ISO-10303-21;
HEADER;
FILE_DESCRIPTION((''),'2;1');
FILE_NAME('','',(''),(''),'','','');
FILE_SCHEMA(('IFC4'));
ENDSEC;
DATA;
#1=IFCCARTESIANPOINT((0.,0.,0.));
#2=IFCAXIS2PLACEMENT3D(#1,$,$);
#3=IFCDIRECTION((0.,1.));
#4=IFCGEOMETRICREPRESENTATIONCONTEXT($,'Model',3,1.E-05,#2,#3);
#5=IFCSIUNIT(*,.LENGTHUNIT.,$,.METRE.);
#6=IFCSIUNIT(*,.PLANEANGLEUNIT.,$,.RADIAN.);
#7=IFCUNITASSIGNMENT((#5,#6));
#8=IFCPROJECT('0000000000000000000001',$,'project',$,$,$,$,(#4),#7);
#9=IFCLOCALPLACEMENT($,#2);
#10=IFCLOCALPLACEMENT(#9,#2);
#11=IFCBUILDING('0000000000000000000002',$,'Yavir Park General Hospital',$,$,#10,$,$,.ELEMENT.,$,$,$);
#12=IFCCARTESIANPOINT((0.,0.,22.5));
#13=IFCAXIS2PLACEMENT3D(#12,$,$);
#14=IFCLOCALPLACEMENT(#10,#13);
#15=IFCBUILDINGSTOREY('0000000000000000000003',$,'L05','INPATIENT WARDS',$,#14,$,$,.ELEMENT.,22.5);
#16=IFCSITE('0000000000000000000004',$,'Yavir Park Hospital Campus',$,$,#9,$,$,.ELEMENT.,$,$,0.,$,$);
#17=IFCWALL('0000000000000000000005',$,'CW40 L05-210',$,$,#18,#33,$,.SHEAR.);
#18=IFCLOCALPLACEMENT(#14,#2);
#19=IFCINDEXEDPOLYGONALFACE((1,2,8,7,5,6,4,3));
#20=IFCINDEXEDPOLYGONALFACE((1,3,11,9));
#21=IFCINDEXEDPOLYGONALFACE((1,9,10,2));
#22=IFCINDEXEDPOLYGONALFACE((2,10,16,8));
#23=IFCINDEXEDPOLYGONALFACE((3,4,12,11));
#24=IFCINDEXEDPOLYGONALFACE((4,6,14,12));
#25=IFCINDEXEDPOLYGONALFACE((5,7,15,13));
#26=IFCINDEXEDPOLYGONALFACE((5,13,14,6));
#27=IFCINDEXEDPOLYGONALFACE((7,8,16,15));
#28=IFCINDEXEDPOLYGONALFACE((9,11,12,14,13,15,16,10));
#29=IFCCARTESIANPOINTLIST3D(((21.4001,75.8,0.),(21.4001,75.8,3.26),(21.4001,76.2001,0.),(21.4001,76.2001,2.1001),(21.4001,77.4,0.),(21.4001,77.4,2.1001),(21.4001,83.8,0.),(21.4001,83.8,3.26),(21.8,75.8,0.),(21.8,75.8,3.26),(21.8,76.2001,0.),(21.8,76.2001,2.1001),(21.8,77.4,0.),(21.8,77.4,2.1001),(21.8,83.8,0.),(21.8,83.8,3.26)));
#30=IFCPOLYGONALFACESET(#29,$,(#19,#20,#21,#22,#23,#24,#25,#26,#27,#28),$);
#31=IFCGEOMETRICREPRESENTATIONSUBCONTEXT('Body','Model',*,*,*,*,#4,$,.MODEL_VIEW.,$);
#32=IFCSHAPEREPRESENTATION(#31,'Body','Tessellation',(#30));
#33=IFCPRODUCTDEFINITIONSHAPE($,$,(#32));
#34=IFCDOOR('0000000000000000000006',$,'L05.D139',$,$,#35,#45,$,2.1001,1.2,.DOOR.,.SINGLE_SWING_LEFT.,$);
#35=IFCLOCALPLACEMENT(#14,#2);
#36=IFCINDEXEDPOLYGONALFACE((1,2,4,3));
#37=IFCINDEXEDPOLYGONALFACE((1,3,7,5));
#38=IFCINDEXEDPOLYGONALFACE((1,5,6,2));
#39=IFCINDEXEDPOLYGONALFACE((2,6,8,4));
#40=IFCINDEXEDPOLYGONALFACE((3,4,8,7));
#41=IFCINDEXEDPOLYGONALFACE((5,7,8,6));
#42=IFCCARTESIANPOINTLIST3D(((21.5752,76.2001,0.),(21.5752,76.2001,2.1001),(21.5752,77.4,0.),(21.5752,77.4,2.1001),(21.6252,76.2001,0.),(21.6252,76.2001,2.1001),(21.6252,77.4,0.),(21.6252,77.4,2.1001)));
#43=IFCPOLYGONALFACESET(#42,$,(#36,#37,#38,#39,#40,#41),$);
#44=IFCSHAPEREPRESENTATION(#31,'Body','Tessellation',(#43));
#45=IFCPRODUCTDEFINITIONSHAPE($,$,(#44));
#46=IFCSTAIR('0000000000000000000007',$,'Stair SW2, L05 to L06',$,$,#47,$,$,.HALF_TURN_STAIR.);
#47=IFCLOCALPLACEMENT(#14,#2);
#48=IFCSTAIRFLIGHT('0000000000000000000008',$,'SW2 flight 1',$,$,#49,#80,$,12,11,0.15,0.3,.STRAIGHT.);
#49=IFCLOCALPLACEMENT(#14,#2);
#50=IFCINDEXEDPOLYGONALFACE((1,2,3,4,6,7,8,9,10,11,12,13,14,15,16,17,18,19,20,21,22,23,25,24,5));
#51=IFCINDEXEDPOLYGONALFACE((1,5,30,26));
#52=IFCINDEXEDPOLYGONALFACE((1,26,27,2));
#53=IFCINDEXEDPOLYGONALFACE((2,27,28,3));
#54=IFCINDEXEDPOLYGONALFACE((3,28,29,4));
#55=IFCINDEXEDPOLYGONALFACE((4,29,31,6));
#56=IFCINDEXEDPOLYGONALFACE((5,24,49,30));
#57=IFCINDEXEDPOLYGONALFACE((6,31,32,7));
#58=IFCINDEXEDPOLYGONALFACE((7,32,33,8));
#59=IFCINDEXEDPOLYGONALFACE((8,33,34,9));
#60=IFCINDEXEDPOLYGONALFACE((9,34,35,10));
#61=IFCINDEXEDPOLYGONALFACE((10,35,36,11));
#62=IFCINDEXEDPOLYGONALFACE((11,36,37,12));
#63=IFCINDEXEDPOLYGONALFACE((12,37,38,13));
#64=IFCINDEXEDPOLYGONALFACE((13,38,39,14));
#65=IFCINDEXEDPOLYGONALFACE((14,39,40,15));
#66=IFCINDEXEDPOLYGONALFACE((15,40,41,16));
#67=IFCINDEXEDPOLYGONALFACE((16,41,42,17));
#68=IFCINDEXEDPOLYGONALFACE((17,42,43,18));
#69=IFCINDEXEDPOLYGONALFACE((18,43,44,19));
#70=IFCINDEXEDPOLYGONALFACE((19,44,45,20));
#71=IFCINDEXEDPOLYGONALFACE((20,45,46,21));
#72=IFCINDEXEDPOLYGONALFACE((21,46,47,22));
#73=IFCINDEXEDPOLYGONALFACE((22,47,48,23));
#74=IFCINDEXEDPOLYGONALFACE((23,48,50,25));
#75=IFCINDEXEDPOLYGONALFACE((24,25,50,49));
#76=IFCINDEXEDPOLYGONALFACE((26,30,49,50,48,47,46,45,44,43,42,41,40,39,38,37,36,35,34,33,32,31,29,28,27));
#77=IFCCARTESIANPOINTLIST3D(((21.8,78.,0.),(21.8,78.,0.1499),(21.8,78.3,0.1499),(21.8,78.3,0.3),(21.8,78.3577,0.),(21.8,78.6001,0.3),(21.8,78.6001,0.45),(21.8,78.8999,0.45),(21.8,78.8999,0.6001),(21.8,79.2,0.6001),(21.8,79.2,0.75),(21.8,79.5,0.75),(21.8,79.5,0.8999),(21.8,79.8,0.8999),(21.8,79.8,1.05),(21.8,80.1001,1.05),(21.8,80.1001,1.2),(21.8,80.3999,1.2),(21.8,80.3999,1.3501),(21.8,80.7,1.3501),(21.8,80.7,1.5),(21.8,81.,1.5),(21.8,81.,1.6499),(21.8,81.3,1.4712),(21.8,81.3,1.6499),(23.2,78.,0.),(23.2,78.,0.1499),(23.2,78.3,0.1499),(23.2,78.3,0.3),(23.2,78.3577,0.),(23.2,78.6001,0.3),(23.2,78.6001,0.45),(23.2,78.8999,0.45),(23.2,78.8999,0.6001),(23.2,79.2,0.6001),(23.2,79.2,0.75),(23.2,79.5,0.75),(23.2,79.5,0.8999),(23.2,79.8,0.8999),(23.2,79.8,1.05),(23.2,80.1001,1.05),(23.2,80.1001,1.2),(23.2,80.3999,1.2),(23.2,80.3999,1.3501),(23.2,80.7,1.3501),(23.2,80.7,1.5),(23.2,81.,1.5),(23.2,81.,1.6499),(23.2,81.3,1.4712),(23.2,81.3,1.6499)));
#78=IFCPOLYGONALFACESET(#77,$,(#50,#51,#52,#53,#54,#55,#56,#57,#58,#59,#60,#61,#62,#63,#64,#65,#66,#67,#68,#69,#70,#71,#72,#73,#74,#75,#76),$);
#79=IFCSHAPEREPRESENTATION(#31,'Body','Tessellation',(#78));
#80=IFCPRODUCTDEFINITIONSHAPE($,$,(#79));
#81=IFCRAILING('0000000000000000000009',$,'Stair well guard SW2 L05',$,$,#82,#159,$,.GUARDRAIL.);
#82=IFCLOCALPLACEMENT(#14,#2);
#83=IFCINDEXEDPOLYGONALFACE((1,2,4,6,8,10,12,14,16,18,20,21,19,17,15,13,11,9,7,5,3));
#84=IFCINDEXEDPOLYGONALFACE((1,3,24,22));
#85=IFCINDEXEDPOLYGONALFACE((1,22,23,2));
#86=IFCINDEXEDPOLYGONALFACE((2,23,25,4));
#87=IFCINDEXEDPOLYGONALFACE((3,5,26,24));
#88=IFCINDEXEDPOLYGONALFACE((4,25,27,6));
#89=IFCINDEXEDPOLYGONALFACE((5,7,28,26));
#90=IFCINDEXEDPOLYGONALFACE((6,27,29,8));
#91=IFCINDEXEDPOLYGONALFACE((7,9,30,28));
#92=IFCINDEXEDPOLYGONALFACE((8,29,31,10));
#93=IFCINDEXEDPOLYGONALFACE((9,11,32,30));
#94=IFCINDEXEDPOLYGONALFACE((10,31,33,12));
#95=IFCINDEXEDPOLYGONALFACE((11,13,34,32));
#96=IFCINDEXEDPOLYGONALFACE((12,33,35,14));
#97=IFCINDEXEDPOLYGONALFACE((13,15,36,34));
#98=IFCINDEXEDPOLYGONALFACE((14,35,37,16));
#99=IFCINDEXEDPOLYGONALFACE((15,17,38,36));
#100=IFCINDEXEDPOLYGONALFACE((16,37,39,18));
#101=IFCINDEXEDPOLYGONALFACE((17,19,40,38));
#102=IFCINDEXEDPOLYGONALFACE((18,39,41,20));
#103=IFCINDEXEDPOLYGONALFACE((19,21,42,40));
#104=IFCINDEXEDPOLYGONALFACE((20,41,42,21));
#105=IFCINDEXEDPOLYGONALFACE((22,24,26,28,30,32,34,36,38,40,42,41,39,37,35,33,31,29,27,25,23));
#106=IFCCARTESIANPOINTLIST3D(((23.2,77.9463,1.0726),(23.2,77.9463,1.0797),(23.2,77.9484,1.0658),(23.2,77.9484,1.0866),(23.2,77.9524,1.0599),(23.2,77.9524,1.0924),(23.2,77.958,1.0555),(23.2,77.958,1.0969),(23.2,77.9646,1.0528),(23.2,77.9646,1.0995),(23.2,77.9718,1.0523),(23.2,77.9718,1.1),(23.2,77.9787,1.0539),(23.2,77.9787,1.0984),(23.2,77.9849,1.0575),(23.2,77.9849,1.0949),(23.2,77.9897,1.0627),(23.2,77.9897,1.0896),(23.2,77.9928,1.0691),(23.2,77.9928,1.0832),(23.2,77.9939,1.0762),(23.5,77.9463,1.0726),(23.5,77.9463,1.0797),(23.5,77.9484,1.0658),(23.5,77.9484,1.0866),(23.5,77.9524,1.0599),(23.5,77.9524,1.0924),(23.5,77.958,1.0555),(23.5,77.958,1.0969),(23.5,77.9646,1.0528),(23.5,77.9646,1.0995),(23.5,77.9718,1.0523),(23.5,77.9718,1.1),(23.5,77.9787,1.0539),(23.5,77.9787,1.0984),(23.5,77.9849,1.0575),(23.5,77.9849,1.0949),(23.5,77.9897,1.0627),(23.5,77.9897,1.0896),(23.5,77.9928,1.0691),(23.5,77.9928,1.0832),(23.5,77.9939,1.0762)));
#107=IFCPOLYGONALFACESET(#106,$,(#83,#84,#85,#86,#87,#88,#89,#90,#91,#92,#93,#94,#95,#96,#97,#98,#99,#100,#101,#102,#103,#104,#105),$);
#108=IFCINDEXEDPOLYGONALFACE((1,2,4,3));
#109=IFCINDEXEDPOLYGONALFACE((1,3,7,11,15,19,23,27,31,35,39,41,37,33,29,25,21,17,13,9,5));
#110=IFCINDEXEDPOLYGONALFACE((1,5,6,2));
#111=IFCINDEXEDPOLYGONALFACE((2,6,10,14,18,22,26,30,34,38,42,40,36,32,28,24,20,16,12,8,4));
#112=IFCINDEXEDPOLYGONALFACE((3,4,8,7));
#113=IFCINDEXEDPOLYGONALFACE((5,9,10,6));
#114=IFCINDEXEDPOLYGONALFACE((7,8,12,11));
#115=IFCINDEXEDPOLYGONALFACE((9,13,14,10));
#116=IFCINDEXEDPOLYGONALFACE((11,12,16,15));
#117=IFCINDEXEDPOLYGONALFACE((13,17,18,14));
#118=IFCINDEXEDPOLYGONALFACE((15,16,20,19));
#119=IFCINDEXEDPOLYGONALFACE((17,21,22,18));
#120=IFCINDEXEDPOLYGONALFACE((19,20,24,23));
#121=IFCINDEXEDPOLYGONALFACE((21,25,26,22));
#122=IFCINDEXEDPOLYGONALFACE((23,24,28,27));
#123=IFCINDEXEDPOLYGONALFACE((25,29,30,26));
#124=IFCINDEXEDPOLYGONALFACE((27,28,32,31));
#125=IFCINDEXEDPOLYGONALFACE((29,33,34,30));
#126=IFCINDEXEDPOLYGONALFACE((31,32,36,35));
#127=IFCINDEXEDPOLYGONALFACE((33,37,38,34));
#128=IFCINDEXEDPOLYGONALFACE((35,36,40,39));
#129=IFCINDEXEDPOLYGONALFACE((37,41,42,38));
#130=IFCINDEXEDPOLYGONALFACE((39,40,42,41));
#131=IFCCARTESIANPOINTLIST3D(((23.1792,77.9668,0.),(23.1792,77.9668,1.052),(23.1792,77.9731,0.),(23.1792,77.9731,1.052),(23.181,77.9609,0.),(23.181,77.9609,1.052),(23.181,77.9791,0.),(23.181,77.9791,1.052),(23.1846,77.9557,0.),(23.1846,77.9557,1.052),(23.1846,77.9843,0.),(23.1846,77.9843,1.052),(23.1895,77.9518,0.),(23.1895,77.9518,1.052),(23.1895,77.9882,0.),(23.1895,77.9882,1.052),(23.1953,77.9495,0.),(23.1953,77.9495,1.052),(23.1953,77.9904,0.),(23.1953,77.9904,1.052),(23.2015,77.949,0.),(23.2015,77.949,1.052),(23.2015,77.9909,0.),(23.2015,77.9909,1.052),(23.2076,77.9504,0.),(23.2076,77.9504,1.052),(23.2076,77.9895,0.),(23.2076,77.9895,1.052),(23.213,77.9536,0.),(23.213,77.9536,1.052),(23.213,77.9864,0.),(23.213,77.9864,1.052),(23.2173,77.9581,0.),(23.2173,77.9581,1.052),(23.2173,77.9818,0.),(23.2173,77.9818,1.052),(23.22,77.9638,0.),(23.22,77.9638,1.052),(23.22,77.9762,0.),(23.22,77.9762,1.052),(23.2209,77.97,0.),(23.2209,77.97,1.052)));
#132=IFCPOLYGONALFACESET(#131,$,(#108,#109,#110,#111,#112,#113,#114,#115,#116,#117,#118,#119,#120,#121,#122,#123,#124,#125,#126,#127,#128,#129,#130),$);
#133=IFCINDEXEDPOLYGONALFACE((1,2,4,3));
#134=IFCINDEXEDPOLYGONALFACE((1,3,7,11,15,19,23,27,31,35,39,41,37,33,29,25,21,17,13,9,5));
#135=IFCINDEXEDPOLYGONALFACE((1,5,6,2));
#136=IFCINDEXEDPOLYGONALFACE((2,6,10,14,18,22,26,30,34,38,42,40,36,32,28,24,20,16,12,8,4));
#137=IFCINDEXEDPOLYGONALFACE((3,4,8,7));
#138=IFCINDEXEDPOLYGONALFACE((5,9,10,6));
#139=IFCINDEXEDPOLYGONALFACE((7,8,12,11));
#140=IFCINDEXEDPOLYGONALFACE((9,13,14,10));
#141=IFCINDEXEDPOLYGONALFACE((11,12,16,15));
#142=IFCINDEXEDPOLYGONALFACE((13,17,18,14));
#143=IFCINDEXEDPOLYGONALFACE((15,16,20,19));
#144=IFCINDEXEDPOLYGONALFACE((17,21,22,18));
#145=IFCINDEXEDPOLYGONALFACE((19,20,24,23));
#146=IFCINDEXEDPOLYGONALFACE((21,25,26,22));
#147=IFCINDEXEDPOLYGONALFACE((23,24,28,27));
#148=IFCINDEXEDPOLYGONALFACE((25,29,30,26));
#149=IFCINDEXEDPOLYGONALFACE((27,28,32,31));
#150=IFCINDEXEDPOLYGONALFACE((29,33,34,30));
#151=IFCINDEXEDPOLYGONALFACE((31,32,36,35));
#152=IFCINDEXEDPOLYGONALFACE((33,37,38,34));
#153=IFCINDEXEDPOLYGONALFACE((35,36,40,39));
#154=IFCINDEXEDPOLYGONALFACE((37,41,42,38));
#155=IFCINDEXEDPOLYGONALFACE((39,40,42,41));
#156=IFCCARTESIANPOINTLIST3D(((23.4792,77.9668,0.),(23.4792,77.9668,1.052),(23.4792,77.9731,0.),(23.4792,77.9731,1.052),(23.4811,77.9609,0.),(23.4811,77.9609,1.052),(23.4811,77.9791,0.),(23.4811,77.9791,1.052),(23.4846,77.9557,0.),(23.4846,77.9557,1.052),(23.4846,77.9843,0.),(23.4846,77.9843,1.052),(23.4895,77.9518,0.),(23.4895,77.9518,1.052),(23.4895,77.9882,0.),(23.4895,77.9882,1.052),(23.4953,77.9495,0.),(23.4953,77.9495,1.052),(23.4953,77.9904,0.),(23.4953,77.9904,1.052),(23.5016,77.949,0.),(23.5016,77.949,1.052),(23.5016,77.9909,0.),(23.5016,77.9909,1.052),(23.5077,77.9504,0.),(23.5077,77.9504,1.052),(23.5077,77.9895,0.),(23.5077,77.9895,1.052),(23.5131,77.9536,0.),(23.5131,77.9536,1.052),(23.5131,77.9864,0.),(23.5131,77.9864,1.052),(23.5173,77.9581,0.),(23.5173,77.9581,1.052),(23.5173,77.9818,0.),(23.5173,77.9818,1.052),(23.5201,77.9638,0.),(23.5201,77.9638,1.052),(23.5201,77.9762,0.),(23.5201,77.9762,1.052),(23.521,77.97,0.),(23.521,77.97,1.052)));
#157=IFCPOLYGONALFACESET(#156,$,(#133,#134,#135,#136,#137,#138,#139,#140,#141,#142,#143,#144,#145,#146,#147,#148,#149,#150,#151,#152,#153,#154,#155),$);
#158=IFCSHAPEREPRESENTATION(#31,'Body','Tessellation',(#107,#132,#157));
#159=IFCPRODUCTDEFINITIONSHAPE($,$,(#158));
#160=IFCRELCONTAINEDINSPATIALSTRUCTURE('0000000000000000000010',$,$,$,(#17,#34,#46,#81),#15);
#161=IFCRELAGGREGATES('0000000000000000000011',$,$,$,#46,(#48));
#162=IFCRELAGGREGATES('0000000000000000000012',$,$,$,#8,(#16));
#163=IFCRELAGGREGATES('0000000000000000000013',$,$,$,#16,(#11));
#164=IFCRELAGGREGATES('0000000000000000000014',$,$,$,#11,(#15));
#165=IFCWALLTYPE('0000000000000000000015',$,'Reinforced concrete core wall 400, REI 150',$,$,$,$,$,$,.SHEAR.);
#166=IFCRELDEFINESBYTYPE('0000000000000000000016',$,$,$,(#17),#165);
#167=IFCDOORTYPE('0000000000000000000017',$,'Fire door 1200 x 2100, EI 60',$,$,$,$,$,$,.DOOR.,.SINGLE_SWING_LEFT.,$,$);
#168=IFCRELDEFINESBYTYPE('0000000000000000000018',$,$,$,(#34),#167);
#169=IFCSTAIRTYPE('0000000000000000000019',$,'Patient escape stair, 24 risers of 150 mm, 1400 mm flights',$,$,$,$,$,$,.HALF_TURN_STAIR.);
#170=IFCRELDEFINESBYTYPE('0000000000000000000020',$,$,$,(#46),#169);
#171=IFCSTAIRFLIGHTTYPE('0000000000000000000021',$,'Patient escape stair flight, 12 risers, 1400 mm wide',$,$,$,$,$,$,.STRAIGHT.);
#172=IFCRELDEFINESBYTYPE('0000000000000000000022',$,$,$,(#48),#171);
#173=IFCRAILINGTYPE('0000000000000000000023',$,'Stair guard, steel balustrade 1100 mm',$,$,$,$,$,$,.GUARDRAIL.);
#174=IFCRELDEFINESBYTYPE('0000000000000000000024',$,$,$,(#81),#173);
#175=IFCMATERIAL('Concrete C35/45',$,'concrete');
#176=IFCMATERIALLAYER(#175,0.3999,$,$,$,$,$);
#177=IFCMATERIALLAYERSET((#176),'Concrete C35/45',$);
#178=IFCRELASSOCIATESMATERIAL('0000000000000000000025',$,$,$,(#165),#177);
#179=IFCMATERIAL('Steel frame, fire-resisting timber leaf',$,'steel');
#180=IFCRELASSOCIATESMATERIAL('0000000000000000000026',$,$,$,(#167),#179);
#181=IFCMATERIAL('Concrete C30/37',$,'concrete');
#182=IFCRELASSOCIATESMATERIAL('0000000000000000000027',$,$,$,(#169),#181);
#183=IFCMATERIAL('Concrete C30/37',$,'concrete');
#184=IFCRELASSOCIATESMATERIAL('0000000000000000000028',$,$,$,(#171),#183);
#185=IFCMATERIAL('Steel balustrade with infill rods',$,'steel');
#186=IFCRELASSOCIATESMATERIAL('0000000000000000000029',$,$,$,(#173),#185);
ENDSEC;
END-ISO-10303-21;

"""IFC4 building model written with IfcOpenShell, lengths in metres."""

from ifc_helpers import new_model, si_unit, direction, frame, frame_2d, origin, origin_2d, place, context, subcontext, project, spatial, polyline, rectangle, circle, outline, extrude, material, layer, layer_set, type_object, element, fill, aggregate, save


model = new_model("IFC4")

# Units and contexts
model_context = context("Model", 3, precision=1e-05, world=origin(), true_north=direction((0.0, 1.0)))
body_context = subcontext(model_context, "Body", "Model", "MODEL_VIEW")
ifc_project = project(units=[si_unit("LENGTHUNIT", "METRE"), si_unit("PLANEANGLEUNIT", "RADIAN")], contexts=[model_context])

# Site, building, storey
site_placement = place(None, origin())
site = spatial("IfcSite", under=ifc_project, at=site_placement, Name="Yavir Park Hospital Campus", CompositionType="ELEMENT", RefElevation=0.0)
building_placement = place(site_placement, origin())
building = spatial("IfcBuilding", under=site, at=building_placement, Name="Yavir Park General Hospital", CompositionType="ELEMENT")
storey_placement = place(building_placement, frame((0.0, 0.0, 22.5)))
storey = spatial("IfcBuildingStorey", under=building, at=storey_placement, Name="L05", Description="INPATIENT WARDS", CompositionType="ELEMENT", Elevation=22.5)

# Shared definitions
ifc_material_1 = material(Name="Concrete C35/45", Category="concrete")
ifc_layer_1 = layer(ifc_material_1, 0.3999)
ifc_layer_set_1 = layer_set([ifc_layer_1], Name="Concrete C35/45")
wall_type_1 = type_object("IfcWallType", Name="Reinforced concrete core wall 400, REI 150", PredefinedType="SHEAR", material=ifc_layer_set_1)

# Wall, opening, door
wall_1_placement = place(storey_placement, frame((21.6001, 75.8, 0.0), z_axis=(0.0, 0.0, 1.0), x_axis=(0.0, 1.0, 0.0)))
wall_1 = element("IfcWall", 1, at=wall_1_placement, inside=storey, type_object=wall_type_1, Name="CW40 L05-210", PredefinedType="SHEAR", context=body_context, shape_type="SweptSolid", body=[
    extrude(rectangle(XDim=8.0, YDim=0.3999, at=frame_2d((4.0, 0.0))), origin(), (0.0, 0.0, 1.0), 3.26),
])
opening_1_placement = place(wall_1_placement, frame((0.3999, 0.0, 0.0)))
opening_1 = element("IfcOpeningElement", 2, at=opening_1_placement, cuts=wall_1, PredefinedType="OPENING", context=body_context, shape_type="SweptSolid", body=[
    extrude(rectangle(XDim=1.2, YDim=2.1001, at=frame_2d((0.6001, 1.05))), frame((0.0, 0.21, 0.0), z_axis=(0.0, -1.0, 0.0), x_axis=(1.0, 0.0, 0.0)), (0.0, 0.0, 1.0), 0.4199),
])
ifc_material_2 = material(Name="Steel frame, fire-resisting timber leaf", Category="steel")
door_type_1 = type_object("IfcDoorType", Name="Fire door 1200 x 2100, EI 60", OperationType="SINGLE_SWING_LEFT", PredefinedType="DOOR", material=ifc_material_2)
door_1_placement = place(opening_1_placement, origin())
door_1 = element("IfcDoor", 3, at=door_1_placement, inside=storey, type_object=door_type_1, Name="L05.D139", OperationType="SINGLE_SWING_LEFT", OverallHeight=2.1001, OverallWidth=1.2, PredefinedType="DOOR", context=body_context, shape_type="SweptSolid", body=[
    extrude(rectangle(XDim=1.2, YDim=2.1001, at=frame_2d((0.6001, 1.05))), frame((0.0, 0.0249, 0.0), z_axis=(0.0, -1.0, 0.0), x_axis=(1.0, 0.0, 0.0)), (0.0, 0.0, 1.0), 0.05),
])
fill(opening_1, door_1)

# Stair, stair flight
ifc_material_3 = material(Name="Concrete C30/37", Category="concrete")
stair_type = type_object("IfcStairType", Name="Patient escape stair, 24 risers of 150 mm, 1400 mm flights", PredefinedType="HALF_TURN_STAIR", material=ifc_material_3)
stair_placement = place(storey_placement, origin())
stair = element("IfcStair", 4, at=stair_placement, inside=storey, type_object=stair_type, Name="Stair SW2, L05 to L06", PredefinedType="HALF_TURN_STAIR")
ifc_material_4 = material(Name="Concrete C30/37", Category="concrete")
stair_flight_type = type_object("IfcStairFlightType", Name="Patient escape stair flight, 12 risers, 1400 mm wide", PredefinedType="STRAIGHT", material=ifc_material_4)
stair_flight_placement = place(storey_placement, frame((22.5, 78.0, 0.0), z_axis=(0.0, 0.0, 1.0), x_axis=(0.0, 1.0, 0.0)))
stair_flight = element("IfcStairFlight", 5, at=stair_flight_placement, type_object=stair_flight_type, Name="SW2 flight 1", NumberOfRisers=12, NumberOfTreads=11, PredefinedType="STRAIGHT", RiserHeight=0.15, TreadLength=0.3, context=body_context, shape_type="SweptSolid", body=[
    extrude(outline(polyline([(0.0, 0.0), (0.0, 0.1499), (0.3, 0.1499), (0.3, 0.3), (0.6001, 0.3), (0.6001, 0.45), (0.8999, 0.45), (0.8999, 0.6001), (1.2, 0.6001), (1.2, 0.75), (1.5, 0.75), (1.5, 0.8999), (1.8, 0.8999), (1.8, 1.05), (2.1001, 1.05), (2.1001, 1.2), (2.3999, 1.2), (2.3999, 1.3501), (2.7, 1.3501), (2.7, 1.5), (3.0, 1.5), (3.0, 1.6499), (3.3, 1.6499), (3.3, 1.8), (3.3, 1.4712), (0.3577, 0.0), (0.0, 0.0)])), frame((0.0, 0.7, 0.0), z_axis=(0.0, -1.0, 0.0), x_axis=(1.0, 0.0, 0.0)), (0.0, 0.0, 1.0), 1.3999),
])
aggregate(stair, [stair_flight])

# Railing
ifc_material_5 = material(Name="Steel balustrade with infill rods", Category="steel")
railing_type_1 = type_object("IfcRailingType", Name="Stair guard, steel balustrade 1100 mm", PredefinedType="GUARDRAIL", material=ifc_material_5)
railing_placement = place(storey_placement, frame((23.2, 77.97, 0.0)))
element("IfcRailing", 6, at=railing_placement, inside=storey, type_object=railing_type_1, Name="Stair well guard SW2 L05", PredefinedType="GUARDRAIL", context=body_context, shape_type="SweptSolid", body=[
    extrude(circle(Radius=0.0239, at=origin_2d()), frame((0.0, 0.0, 1.0762), z_axis=(1.0, 0.0, 0.0), x_axis=(0.0, 1.0, 0.0)), (0.0, 0.0, 1.0), 0.3),
    extrude(circle(Radius=0.021, at=origin_2d()), origin(), (0.0, 0.0, 1.0), 1.052),
    extrude(circle(Radius=0.021, at=origin_2d()), frame((0.3, 0.0, 0.0)), (0.0, 0.0, 1.0), 1.052),
])

save(model, "model.ifc")
